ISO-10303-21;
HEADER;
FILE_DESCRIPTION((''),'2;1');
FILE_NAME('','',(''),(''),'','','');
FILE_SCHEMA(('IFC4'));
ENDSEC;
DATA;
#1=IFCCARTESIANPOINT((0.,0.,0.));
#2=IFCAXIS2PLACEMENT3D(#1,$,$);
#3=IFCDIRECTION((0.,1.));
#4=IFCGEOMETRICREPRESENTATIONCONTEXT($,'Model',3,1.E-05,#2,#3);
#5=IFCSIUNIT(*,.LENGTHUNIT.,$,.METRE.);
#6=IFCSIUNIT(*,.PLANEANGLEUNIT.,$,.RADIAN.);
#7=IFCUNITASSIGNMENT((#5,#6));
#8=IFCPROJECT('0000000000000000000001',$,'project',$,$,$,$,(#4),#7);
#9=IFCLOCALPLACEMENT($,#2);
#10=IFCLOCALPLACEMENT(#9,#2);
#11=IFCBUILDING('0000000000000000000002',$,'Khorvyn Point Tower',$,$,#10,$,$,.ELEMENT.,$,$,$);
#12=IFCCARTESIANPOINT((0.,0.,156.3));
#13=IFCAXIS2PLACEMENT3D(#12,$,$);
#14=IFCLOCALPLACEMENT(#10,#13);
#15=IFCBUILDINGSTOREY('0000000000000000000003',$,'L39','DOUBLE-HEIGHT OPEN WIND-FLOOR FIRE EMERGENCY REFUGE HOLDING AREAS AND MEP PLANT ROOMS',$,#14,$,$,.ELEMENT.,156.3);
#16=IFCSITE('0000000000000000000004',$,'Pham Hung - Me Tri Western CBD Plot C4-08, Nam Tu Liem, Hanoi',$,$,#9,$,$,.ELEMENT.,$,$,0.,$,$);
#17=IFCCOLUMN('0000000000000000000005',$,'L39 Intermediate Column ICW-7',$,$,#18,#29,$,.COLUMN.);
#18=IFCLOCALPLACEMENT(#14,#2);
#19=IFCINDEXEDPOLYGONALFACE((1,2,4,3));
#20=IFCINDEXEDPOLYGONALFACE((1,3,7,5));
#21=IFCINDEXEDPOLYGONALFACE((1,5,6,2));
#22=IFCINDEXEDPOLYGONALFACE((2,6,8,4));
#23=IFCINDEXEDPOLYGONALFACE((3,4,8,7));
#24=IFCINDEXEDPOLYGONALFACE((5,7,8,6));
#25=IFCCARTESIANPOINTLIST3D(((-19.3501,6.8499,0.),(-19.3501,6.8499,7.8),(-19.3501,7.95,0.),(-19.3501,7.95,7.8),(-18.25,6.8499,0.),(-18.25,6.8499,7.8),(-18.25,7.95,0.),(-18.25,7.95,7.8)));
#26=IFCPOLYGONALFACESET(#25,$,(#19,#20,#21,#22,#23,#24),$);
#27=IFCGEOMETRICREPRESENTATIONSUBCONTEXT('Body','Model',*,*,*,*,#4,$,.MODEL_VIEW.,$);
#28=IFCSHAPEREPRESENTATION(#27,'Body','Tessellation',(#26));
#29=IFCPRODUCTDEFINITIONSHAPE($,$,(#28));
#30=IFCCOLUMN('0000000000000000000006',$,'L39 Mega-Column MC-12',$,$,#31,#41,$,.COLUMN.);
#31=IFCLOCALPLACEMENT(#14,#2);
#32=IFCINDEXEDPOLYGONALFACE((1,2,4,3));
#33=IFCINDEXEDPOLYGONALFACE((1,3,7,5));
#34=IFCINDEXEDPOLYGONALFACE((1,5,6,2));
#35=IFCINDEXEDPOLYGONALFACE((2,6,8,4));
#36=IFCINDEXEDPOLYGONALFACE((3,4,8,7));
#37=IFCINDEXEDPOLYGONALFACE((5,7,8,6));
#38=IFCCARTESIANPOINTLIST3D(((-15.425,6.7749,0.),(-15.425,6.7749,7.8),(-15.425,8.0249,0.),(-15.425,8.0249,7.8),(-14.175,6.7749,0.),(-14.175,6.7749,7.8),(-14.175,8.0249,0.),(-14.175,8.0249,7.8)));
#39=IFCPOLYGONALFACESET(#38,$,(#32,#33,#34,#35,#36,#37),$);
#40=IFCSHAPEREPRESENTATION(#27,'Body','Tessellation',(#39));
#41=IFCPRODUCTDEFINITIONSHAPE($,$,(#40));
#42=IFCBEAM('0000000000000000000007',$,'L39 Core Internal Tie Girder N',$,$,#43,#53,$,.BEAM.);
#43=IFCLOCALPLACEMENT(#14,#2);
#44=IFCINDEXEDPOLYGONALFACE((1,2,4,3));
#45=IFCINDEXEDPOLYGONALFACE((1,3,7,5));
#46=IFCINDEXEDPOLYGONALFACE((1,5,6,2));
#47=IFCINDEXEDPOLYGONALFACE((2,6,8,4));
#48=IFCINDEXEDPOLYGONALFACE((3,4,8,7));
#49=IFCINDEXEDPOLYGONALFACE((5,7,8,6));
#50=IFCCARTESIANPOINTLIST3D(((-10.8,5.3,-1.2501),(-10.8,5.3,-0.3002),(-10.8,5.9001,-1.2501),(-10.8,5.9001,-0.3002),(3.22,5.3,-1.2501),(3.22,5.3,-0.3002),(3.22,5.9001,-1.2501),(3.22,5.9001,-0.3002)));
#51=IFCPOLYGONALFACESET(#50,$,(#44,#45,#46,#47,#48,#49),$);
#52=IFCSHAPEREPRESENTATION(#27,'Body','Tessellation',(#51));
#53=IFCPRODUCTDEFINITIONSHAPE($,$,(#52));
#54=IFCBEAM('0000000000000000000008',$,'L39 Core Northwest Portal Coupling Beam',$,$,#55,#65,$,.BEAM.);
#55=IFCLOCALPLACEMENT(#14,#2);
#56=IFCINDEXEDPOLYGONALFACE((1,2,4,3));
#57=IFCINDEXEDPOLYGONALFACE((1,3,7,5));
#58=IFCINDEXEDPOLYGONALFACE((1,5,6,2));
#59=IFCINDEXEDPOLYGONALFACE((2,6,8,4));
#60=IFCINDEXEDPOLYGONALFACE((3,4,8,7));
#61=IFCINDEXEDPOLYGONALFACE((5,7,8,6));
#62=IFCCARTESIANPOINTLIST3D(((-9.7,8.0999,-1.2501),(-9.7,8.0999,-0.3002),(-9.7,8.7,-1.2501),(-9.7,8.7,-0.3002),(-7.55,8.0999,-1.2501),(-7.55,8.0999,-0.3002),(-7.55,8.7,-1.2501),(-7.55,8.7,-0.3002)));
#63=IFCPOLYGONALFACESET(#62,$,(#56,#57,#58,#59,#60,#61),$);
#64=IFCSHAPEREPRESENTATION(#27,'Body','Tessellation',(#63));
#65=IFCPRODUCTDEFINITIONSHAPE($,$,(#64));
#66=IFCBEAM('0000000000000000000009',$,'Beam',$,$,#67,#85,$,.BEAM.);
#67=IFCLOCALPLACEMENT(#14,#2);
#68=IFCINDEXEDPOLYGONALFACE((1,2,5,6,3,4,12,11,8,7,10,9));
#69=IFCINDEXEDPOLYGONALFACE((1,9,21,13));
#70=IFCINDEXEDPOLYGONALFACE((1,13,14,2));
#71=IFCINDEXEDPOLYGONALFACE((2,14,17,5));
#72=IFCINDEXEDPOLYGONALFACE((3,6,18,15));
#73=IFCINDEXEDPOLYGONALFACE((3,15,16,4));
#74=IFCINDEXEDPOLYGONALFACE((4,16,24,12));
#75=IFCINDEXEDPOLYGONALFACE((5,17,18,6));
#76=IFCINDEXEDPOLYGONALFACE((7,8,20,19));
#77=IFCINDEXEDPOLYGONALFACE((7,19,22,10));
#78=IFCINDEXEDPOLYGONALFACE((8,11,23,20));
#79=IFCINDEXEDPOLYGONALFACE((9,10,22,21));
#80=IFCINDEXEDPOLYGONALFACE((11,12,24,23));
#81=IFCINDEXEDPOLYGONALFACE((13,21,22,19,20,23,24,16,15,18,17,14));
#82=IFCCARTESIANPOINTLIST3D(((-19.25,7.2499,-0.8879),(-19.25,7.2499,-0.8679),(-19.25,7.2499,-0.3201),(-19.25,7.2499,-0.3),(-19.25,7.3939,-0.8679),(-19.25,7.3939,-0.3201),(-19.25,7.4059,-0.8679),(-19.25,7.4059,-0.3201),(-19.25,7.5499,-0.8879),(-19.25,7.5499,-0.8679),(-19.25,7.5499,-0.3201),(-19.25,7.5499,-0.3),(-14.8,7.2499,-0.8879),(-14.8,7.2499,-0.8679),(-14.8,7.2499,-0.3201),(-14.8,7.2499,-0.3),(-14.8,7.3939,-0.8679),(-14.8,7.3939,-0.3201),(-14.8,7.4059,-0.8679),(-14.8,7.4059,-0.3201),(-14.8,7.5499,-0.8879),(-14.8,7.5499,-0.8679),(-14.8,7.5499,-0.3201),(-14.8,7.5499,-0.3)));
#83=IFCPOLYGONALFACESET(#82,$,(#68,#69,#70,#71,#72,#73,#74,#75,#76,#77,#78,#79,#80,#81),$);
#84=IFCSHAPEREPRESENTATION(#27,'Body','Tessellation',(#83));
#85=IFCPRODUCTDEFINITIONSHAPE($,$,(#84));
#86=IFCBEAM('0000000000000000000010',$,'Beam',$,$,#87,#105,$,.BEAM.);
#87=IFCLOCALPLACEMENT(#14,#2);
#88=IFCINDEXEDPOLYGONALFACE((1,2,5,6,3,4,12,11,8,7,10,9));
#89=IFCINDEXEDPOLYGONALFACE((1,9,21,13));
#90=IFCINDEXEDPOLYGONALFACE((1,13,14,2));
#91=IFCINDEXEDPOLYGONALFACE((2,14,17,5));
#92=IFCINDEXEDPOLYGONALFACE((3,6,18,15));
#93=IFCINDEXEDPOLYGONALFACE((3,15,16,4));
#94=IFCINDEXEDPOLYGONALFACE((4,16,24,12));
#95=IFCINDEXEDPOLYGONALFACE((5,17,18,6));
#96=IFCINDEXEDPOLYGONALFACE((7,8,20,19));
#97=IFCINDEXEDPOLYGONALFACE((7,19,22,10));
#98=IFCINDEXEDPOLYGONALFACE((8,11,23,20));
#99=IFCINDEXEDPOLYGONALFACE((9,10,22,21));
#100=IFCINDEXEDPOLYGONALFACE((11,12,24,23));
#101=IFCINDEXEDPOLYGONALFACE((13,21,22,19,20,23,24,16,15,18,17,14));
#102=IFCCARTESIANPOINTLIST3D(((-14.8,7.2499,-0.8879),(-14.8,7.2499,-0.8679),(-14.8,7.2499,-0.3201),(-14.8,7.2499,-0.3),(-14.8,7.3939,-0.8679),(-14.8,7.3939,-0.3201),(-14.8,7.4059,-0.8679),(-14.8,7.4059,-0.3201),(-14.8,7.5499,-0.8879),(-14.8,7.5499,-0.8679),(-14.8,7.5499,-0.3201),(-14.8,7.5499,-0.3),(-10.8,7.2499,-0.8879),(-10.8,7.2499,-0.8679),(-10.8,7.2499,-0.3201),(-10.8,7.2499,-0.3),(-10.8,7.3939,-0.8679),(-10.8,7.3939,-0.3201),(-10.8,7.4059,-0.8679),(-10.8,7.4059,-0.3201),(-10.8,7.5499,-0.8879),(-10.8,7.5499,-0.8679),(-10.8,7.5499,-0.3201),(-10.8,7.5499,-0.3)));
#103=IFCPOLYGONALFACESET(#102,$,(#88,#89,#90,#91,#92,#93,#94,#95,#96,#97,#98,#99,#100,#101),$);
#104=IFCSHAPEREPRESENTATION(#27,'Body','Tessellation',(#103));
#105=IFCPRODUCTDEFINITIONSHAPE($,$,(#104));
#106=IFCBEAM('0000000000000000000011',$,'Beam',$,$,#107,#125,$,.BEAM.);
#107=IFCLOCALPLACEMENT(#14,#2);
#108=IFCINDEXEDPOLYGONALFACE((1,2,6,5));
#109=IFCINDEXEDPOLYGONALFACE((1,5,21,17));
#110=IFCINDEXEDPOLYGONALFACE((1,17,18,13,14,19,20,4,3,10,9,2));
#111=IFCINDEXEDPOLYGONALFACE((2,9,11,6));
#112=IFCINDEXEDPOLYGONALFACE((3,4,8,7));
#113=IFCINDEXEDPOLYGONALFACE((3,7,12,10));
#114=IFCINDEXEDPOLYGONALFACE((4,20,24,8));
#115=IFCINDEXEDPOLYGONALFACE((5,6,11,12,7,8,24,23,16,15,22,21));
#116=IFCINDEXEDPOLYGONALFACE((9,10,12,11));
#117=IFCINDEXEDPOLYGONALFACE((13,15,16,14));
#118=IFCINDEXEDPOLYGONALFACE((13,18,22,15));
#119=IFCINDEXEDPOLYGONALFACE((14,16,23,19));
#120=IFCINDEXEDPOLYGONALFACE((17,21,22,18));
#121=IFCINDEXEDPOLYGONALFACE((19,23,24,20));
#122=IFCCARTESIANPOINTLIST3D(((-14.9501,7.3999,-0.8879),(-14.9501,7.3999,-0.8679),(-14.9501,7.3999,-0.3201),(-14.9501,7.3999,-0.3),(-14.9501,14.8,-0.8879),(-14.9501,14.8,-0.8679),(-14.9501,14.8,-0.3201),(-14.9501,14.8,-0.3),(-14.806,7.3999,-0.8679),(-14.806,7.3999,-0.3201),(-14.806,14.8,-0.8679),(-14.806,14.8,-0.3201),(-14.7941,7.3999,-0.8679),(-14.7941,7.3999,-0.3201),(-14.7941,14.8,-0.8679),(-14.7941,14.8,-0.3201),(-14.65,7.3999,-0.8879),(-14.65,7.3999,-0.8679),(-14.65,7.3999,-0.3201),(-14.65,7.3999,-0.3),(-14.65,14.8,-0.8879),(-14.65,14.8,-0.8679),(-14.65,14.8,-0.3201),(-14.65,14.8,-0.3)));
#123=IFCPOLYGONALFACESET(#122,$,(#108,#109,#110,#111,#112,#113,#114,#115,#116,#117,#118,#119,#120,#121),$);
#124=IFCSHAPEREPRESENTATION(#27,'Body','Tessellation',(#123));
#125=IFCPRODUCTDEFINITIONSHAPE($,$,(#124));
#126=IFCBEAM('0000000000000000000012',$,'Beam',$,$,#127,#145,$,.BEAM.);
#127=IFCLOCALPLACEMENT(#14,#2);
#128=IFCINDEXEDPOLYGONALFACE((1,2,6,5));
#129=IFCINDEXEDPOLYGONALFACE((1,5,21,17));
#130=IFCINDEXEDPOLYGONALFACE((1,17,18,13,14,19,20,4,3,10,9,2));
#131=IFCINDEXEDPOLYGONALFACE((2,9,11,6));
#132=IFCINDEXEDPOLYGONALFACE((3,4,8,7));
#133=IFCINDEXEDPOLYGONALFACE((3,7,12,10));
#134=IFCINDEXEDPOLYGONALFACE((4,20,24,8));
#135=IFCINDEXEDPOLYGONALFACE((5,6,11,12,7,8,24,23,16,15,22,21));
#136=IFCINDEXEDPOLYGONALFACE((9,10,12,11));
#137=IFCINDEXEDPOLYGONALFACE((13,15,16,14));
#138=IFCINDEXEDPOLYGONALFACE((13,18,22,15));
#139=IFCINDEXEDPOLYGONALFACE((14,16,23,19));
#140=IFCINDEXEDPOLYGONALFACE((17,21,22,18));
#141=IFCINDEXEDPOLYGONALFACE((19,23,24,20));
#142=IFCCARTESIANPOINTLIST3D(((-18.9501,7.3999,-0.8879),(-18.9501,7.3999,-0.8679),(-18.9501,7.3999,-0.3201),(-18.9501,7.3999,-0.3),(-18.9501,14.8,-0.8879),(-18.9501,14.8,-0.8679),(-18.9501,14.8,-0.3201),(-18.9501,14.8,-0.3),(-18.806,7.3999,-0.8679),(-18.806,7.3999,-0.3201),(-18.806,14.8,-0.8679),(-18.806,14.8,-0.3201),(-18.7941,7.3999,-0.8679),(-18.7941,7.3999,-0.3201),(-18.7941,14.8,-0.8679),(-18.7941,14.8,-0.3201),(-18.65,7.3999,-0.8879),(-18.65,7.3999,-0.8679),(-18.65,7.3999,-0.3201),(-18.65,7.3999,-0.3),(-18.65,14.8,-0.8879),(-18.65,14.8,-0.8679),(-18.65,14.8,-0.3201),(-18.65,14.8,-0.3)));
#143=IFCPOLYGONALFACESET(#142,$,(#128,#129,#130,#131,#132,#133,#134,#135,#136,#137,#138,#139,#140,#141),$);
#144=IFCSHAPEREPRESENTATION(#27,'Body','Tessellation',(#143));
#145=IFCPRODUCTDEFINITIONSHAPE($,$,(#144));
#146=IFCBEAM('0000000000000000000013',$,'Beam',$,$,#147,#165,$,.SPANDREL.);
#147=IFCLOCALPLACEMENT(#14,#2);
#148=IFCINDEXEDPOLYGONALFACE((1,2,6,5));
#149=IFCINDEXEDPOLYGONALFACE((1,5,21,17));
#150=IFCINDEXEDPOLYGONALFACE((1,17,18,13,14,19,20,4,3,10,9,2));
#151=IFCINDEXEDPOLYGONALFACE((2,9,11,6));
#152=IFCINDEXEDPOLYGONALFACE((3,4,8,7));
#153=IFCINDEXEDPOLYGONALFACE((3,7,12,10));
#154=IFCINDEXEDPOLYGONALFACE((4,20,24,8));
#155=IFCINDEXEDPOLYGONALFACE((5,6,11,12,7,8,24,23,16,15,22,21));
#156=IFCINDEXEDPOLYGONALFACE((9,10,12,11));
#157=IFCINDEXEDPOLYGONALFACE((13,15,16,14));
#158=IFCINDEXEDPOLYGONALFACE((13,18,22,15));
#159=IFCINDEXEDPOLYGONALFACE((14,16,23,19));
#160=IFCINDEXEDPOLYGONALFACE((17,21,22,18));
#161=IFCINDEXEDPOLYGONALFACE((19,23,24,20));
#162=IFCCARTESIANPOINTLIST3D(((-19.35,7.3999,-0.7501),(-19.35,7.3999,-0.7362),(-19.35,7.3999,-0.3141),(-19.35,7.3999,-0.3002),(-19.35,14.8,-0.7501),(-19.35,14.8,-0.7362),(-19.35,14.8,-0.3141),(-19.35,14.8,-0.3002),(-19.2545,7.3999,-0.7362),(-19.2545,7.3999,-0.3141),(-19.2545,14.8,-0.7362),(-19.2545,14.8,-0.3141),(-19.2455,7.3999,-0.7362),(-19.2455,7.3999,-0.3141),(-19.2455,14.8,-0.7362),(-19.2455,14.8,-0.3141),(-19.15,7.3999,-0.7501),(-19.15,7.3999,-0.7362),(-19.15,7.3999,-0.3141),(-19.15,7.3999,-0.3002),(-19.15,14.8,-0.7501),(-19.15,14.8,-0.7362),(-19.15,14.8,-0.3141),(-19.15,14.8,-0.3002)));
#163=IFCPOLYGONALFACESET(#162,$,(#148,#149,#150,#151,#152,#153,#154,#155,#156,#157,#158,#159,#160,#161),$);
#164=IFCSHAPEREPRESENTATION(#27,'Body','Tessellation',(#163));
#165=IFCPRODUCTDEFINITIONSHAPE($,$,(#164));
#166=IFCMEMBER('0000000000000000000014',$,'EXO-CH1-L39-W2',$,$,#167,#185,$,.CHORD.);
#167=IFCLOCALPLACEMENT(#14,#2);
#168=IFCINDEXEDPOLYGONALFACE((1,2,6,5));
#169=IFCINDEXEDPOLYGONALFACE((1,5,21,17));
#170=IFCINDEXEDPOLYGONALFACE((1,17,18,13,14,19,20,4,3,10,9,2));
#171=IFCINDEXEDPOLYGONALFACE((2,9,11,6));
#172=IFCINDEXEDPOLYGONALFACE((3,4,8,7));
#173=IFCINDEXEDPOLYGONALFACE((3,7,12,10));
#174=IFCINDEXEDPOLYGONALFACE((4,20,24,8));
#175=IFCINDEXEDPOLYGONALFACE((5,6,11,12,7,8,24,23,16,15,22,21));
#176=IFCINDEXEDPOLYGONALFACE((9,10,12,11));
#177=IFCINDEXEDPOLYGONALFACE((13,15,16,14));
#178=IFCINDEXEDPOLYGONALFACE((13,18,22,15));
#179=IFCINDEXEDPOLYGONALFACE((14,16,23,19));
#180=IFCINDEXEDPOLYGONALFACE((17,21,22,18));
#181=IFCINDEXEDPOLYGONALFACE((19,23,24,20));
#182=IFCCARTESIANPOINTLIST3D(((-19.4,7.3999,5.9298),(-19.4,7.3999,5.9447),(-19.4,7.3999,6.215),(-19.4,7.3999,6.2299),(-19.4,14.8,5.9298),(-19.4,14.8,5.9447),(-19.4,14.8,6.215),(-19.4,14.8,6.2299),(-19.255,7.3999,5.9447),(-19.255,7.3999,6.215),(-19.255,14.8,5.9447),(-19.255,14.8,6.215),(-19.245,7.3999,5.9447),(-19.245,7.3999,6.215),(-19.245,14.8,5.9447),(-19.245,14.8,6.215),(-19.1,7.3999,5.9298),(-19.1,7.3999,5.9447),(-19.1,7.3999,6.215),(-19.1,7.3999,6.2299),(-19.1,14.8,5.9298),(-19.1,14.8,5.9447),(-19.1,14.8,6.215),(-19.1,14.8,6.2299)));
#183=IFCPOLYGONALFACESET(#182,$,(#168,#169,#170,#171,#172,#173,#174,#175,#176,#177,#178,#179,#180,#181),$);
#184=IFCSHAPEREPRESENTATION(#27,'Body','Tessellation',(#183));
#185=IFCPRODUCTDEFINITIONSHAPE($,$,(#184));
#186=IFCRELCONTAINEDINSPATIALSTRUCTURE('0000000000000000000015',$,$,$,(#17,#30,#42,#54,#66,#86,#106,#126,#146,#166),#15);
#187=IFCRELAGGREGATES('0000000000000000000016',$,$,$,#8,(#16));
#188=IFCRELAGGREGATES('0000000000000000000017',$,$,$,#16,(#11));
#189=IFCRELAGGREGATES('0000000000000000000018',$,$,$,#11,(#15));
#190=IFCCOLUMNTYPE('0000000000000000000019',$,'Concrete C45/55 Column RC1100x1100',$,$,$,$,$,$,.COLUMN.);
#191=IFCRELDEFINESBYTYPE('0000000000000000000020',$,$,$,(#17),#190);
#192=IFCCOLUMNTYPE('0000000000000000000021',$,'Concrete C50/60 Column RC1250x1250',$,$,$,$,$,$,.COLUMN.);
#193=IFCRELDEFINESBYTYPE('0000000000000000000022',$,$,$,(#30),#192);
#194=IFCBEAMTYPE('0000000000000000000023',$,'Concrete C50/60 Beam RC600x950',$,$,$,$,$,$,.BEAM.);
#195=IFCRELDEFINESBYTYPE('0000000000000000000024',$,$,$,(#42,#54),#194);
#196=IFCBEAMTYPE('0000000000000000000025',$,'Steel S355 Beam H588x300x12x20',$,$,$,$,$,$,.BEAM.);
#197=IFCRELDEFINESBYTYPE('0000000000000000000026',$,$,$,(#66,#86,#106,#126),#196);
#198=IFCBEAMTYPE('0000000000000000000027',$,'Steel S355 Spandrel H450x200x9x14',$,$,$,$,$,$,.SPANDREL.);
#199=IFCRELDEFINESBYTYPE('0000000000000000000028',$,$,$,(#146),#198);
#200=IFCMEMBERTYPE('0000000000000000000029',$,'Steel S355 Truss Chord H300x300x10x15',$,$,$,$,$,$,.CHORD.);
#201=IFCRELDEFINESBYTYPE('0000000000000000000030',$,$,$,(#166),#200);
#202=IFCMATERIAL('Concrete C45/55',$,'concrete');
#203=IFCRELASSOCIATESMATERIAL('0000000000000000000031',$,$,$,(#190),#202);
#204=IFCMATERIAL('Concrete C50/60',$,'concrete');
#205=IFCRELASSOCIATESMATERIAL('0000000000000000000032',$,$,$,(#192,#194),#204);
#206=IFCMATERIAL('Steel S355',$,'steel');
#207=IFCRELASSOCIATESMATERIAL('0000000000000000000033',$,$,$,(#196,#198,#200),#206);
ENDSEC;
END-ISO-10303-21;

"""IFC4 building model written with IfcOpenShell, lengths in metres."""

from ifc_helpers import new_model, si_unit, direction, frame, origin, origin_2d, place, context, subcontext, project, spatial, rectangle, i_section, extrude, material, material_profile, profile_set, type_object, element, save


model = new_model("IFC4")

# Units and contexts
model_context = context("Model", 3, precision=1e-05, world=origin(), true_north=direction((0.0, 1.0)))
body_context = subcontext(model_context, "Body", "Model", "MODEL_VIEW")
ifc_project = project(units=[si_unit("LENGTHUNIT", "METRE"), si_unit("PLANEANGLEUNIT", "RADIAN")], contexts=[model_context])

# Site, building, storey
site_placement = place(None, origin())
site = spatial("IfcSite", under=ifc_project, at=site_placement, Name="Pham Hung - Me Tri Western CBD Plot C4-08, Nam Tu Liem, Hanoi", CompositionType="ELEMENT", RefElevation=0.0)
building_placement = place(site_placement, origin())
building = spatial("IfcBuilding", under=site, at=building_placement, Name="Khorvyn Point Tower", CompositionType="ELEMENT")
storey_placement = place(building_placement, frame((0.0, 0.0, 156.3)))
storey = spatial("IfcBuildingStorey", under=building, at=storey_placement, Name="L39", Description="DOUBLE-HEIGHT OPEN WIND-FLOOR FIRE EMERGENCY REFUGE HOLDING AREAS AND MEP PLANT ROOMS", CompositionType="ELEMENT", Elevation=156.3)

# Columns
ifc_material_1 = material(Name="Concrete C45/55", Category="concrete")
ifc_material_profile_1 = material_profile(ifc_material_1, rectangle(XDim=1.1001, YDim=1.1001, at=origin_2d()))
ifc_profile_set_1 = profile_set([ifc_material_profile_1], Name="Concrete C45/55 RC1100x1100")
column_type_1 = type_object("IfcColumnType", Name="Concrete C45/55 Column RC1100x1100", PredefinedType="COLUMN", material=ifc_profile_set_1)
column_1_placement = place(storey_placement, frame((-18.8, 7.3999, 0.0), z_axis=(0.0, 0.0, 1.0), x_axis=(1.0, 0.0, 0.0)))
element("IfcColumn", 1, at=column_1_placement, inside=storey, type_object=column_type_1, Name="L39 Intermediate Column ICW-7", PredefinedType="COLUMN", context=body_context, shape_type="SweptSolid", body=[
    extrude(rectangle(XDim=1.1001, YDim=1.1001, at=origin_2d()), origin(), (0.0, 0.0, 1.0), 7.8),
])
ifc_material_2 = material(Name="Concrete C50/60", Category="concrete")
ifc_material_profile_2 = material_profile(ifc_material_2, rectangle(XDim=1.25, YDim=1.25, at=origin_2d()))
ifc_profile_set_2 = profile_set([ifc_material_profile_2], Name="Concrete C50/60 RC1250x1250")
column_type_2 = type_object("IfcColumnType", Name="Concrete C50/60 Column RC1250x1250", PredefinedType="COLUMN", material=ifc_profile_set_2)
column_2_placement = place(storey_placement, frame((-14.8, 7.3999, 0.0), z_axis=(0.0, 0.0, 1.0), x_axis=(1.0, 0.0, 0.0)))
element("IfcColumn", 2, at=column_2_placement, inside=storey, type_object=column_type_2, Name="L39 Mega-Column MC-12", PredefinedType="COLUMN", context=body_context, shape_type="SweptSolid", body=[
    extrude(rectangle(XDim=1.25, YDim=1.25, at=origin_2d()), origin(), (0.0, 0.0, 1.0), 7.8),
])

# Beams
ifc_material_profile_3 = material_profile(ifc_material_2, rectangle(XDim=0.6001, YDim=0.95, at=origin_2d()))
ifc_profile_set_3 = profile_set([ifc_material_profile_3], Name="Concrete C50/60 RC600x950")
beam_type_1 = type_object("IfcBeamType", Name="Concrete C50/60 Beam RC600x950", PredefinedType="BEAM", material=ifc_profile_set_3)
beam_1_placement = place(storey_placement, frame((-10.8, 5.6001, -0.7751), z_axis=(1.0, 0.0, 0.0), x_axis=(0.0, 1.0, 0.0)))
element("IfcBeam", 3, at=beam_1_placement, inside=storey, type_object=beam_type_1, Name="L39 Core Internal Tie Girder N", PredefinedType="BEAM", context=body_context, shape_type="SweptSolid", body=[
    extrude(rectangle(XDim=0.6001, YDim=0.95, at=origin_2d()), origin(), (0.0, 0.0, 1.0), 14.02),
])
beam_2_placement = place(storey_placement, frame((-9.7, 8.3999, -0.7751), z_axis=(1.0, 0.0, 0.0), x_axis=(0.0, 1.0, 0.0)))
element("IfcBeam", 4, at=beam_2_placement, inside=storey, type_object=beam_type_1, Name="L39 Core Northwest Portal Coupling Beam", PredefinedType="BEAM", context=body_context, shape_type="SweptSolid", body=[
    extrude(rectangle(XDim=0.6001, YDim=0.95, at=origin_2d()), origin(), (0.0, 0.0, 1.0), 2.1499),
])
ifc_material_3 = material(Name="Steel S355", Category="steel")
ifc_material_profile_4 = material_profile(ifc_material_3, i_section(OverallWidth=0.3, OverallDepth=0.5879, WebThickness=0.012, FlangeThickness=0.02, at=origin_2d()))
ifc_profile_set_4 = profile_set([ifc_material_profile_4], Name="Steel S355 H588x300x12x20")
beam_type_2 = type_object("IfcBeamType", Name="Steel S355 Beam H588x300x12x20", PredefinedType="BEAM", material=ifc_profile_set_4)
beam_3_placement = place(storey_placement, frame((-19.25, 7.3999, -0.594), z_axis=(1.0, 0.0, 0.0), x_axis=(0.0, 1.0, 0.0)))
element("IfcBeam", 5, at=beam_3_placement, inside=storey, type_object=beam_type_2, Name="Beam", PredefinedType="BEAM", context=body_context, shape_type="SweptSolid", body=[
    extrude(i_section(OverallWidth=0.3, OverallDepth=0.5879, WebThickness=0.012, FlangeThickness=0.02, at=origin_2d()), origin(), (0.0, 0.0, 1.0), 4.45),
])
beam_4_placement = place(storey_placement, frame((-14.8, 7.3999, -0.594), z_axis=(1.0, 0.0, 0.0), x_axis=(0.0, 1.0, 0.0)))
element("IfcBeam", 6, at=beam_4_placement, inside=storey, type_object=beam_type_2, Name="Beam", PredefinedType="BEAM", context=body_context, shape_type="SweptSolid", body=[
    extrude(i_section(OverallWidth=0.3, OverallDepth=0.5879, WebThickness=0.012, FlangeThickness=0.02, at=origin_2d()), origin(), (0.0, 0.0, 1.0), 4.0),
])
for number, where, z_axis, x_axis, name in (
    (7, (-14.8, 7.3999, -0.594), (0.0, 1.0, 0.0), (-1.0, 0.0, 0.0), "Beam"),
    (8, (-18.8, 7.3999, -0.594), (0.0, 1.0, 0.0), (-1.0, 0.0, 0.0), "Beam"),
):
    element("IfcBeam", number, at=place(storey_placement, frame(where, z_axis=z_axis, x_axis=x_axis)), inside=storey, type_object=beam_type_2, Name=name, PredefinedType="BEAM", context=body_context, shape_type="SweptSolid", body=[
        extrude(i_section(OverallWidth=0.3, OverallDepth=0.5879, WebThickness=0.012, FlangeThickness=0.02, at=origin_2d()), origin(), (0.0, 0.0, 1.0), 7.4001),
    ])
ifc_material_profile_5 = material_profile(ifc_material_3, i_section(OverallWidth=0.2, OverallDepth=0.45, WebThickness=0.009, FlangeThickness=0.0139, at=origin_2d()))
ifc_profile_set_5 = profile_set([ifc_material_profile_5], Name="Steel S355 H450x200x9x14")
beam_type_3 = type_object("IfcBeamType", Name="Steel S355 Spandrel H450x200x9x14", PredefinedType="SPANDREL", material=ifc_profile_set_5)
beam_5_placement = place(storey_placement, frame((-19.25, 7.3999, -0.5251), z_axis=(0.0, 1.0, 0.0), x_axis=(-1.0, 0.0, 0.0)))
element("IfcBeam", 9, at=beam_5_placement, inside=storey, type_object=beam_type_3, Name="Beam", PredefinedType="SPANDREL", context=body_context, shape_type="SweptSolid", body=[
    extrude(i_section(OverallWidth=0.2, OverallDepth=0.45, WebThickness=0.009, FlangeThickness=0.0139, at=origin_2d()), origin(), (0.0, 0.0, 1.0), 7.4001),
])

# Member
ifc_material_profile_6 = material_profile(ifc_material_3, i_section(OverallWidth=0.3, OverallDepth=0.3, WebThickness=0.01, FlangeThickness=0.0149, at=origin_2d()))
ifc_profile_set_6 = profile_set([ifc_material_profile_6], Name="Steel S355 H300x300x10x15")
member_type_1 = type_object("IfcMemberType", Name="Steel S355 Truss Chord H300x300x10x15", PredefinedType="CHORD", material=ifc_profile_set_6)
member_1_placement = place(storey_placement, frame((-19.25, 7.3999, 6.0798), z_axis=(0.0, 1.0, 0.0), x_axis=(-1.0, 0.0, 0.0)))
element("IfcMember", 10, at=member_1_placement, inside=storey, type_object=member_type_1, Name="EXO-CH1-L39-W2", PredefinedType="CHORD", context=body_context, shape_type="SweptSolid", body=[
    extrude(i_section(OverallWidth=0.3, OverallDepth=0.3, WebThickness=0.01, FlangeThickness=0.0149, at=origin_2d()), origin(), (0.0, 0.0, 1.0), 7.4001),
])

save(model, "model.ifc")
